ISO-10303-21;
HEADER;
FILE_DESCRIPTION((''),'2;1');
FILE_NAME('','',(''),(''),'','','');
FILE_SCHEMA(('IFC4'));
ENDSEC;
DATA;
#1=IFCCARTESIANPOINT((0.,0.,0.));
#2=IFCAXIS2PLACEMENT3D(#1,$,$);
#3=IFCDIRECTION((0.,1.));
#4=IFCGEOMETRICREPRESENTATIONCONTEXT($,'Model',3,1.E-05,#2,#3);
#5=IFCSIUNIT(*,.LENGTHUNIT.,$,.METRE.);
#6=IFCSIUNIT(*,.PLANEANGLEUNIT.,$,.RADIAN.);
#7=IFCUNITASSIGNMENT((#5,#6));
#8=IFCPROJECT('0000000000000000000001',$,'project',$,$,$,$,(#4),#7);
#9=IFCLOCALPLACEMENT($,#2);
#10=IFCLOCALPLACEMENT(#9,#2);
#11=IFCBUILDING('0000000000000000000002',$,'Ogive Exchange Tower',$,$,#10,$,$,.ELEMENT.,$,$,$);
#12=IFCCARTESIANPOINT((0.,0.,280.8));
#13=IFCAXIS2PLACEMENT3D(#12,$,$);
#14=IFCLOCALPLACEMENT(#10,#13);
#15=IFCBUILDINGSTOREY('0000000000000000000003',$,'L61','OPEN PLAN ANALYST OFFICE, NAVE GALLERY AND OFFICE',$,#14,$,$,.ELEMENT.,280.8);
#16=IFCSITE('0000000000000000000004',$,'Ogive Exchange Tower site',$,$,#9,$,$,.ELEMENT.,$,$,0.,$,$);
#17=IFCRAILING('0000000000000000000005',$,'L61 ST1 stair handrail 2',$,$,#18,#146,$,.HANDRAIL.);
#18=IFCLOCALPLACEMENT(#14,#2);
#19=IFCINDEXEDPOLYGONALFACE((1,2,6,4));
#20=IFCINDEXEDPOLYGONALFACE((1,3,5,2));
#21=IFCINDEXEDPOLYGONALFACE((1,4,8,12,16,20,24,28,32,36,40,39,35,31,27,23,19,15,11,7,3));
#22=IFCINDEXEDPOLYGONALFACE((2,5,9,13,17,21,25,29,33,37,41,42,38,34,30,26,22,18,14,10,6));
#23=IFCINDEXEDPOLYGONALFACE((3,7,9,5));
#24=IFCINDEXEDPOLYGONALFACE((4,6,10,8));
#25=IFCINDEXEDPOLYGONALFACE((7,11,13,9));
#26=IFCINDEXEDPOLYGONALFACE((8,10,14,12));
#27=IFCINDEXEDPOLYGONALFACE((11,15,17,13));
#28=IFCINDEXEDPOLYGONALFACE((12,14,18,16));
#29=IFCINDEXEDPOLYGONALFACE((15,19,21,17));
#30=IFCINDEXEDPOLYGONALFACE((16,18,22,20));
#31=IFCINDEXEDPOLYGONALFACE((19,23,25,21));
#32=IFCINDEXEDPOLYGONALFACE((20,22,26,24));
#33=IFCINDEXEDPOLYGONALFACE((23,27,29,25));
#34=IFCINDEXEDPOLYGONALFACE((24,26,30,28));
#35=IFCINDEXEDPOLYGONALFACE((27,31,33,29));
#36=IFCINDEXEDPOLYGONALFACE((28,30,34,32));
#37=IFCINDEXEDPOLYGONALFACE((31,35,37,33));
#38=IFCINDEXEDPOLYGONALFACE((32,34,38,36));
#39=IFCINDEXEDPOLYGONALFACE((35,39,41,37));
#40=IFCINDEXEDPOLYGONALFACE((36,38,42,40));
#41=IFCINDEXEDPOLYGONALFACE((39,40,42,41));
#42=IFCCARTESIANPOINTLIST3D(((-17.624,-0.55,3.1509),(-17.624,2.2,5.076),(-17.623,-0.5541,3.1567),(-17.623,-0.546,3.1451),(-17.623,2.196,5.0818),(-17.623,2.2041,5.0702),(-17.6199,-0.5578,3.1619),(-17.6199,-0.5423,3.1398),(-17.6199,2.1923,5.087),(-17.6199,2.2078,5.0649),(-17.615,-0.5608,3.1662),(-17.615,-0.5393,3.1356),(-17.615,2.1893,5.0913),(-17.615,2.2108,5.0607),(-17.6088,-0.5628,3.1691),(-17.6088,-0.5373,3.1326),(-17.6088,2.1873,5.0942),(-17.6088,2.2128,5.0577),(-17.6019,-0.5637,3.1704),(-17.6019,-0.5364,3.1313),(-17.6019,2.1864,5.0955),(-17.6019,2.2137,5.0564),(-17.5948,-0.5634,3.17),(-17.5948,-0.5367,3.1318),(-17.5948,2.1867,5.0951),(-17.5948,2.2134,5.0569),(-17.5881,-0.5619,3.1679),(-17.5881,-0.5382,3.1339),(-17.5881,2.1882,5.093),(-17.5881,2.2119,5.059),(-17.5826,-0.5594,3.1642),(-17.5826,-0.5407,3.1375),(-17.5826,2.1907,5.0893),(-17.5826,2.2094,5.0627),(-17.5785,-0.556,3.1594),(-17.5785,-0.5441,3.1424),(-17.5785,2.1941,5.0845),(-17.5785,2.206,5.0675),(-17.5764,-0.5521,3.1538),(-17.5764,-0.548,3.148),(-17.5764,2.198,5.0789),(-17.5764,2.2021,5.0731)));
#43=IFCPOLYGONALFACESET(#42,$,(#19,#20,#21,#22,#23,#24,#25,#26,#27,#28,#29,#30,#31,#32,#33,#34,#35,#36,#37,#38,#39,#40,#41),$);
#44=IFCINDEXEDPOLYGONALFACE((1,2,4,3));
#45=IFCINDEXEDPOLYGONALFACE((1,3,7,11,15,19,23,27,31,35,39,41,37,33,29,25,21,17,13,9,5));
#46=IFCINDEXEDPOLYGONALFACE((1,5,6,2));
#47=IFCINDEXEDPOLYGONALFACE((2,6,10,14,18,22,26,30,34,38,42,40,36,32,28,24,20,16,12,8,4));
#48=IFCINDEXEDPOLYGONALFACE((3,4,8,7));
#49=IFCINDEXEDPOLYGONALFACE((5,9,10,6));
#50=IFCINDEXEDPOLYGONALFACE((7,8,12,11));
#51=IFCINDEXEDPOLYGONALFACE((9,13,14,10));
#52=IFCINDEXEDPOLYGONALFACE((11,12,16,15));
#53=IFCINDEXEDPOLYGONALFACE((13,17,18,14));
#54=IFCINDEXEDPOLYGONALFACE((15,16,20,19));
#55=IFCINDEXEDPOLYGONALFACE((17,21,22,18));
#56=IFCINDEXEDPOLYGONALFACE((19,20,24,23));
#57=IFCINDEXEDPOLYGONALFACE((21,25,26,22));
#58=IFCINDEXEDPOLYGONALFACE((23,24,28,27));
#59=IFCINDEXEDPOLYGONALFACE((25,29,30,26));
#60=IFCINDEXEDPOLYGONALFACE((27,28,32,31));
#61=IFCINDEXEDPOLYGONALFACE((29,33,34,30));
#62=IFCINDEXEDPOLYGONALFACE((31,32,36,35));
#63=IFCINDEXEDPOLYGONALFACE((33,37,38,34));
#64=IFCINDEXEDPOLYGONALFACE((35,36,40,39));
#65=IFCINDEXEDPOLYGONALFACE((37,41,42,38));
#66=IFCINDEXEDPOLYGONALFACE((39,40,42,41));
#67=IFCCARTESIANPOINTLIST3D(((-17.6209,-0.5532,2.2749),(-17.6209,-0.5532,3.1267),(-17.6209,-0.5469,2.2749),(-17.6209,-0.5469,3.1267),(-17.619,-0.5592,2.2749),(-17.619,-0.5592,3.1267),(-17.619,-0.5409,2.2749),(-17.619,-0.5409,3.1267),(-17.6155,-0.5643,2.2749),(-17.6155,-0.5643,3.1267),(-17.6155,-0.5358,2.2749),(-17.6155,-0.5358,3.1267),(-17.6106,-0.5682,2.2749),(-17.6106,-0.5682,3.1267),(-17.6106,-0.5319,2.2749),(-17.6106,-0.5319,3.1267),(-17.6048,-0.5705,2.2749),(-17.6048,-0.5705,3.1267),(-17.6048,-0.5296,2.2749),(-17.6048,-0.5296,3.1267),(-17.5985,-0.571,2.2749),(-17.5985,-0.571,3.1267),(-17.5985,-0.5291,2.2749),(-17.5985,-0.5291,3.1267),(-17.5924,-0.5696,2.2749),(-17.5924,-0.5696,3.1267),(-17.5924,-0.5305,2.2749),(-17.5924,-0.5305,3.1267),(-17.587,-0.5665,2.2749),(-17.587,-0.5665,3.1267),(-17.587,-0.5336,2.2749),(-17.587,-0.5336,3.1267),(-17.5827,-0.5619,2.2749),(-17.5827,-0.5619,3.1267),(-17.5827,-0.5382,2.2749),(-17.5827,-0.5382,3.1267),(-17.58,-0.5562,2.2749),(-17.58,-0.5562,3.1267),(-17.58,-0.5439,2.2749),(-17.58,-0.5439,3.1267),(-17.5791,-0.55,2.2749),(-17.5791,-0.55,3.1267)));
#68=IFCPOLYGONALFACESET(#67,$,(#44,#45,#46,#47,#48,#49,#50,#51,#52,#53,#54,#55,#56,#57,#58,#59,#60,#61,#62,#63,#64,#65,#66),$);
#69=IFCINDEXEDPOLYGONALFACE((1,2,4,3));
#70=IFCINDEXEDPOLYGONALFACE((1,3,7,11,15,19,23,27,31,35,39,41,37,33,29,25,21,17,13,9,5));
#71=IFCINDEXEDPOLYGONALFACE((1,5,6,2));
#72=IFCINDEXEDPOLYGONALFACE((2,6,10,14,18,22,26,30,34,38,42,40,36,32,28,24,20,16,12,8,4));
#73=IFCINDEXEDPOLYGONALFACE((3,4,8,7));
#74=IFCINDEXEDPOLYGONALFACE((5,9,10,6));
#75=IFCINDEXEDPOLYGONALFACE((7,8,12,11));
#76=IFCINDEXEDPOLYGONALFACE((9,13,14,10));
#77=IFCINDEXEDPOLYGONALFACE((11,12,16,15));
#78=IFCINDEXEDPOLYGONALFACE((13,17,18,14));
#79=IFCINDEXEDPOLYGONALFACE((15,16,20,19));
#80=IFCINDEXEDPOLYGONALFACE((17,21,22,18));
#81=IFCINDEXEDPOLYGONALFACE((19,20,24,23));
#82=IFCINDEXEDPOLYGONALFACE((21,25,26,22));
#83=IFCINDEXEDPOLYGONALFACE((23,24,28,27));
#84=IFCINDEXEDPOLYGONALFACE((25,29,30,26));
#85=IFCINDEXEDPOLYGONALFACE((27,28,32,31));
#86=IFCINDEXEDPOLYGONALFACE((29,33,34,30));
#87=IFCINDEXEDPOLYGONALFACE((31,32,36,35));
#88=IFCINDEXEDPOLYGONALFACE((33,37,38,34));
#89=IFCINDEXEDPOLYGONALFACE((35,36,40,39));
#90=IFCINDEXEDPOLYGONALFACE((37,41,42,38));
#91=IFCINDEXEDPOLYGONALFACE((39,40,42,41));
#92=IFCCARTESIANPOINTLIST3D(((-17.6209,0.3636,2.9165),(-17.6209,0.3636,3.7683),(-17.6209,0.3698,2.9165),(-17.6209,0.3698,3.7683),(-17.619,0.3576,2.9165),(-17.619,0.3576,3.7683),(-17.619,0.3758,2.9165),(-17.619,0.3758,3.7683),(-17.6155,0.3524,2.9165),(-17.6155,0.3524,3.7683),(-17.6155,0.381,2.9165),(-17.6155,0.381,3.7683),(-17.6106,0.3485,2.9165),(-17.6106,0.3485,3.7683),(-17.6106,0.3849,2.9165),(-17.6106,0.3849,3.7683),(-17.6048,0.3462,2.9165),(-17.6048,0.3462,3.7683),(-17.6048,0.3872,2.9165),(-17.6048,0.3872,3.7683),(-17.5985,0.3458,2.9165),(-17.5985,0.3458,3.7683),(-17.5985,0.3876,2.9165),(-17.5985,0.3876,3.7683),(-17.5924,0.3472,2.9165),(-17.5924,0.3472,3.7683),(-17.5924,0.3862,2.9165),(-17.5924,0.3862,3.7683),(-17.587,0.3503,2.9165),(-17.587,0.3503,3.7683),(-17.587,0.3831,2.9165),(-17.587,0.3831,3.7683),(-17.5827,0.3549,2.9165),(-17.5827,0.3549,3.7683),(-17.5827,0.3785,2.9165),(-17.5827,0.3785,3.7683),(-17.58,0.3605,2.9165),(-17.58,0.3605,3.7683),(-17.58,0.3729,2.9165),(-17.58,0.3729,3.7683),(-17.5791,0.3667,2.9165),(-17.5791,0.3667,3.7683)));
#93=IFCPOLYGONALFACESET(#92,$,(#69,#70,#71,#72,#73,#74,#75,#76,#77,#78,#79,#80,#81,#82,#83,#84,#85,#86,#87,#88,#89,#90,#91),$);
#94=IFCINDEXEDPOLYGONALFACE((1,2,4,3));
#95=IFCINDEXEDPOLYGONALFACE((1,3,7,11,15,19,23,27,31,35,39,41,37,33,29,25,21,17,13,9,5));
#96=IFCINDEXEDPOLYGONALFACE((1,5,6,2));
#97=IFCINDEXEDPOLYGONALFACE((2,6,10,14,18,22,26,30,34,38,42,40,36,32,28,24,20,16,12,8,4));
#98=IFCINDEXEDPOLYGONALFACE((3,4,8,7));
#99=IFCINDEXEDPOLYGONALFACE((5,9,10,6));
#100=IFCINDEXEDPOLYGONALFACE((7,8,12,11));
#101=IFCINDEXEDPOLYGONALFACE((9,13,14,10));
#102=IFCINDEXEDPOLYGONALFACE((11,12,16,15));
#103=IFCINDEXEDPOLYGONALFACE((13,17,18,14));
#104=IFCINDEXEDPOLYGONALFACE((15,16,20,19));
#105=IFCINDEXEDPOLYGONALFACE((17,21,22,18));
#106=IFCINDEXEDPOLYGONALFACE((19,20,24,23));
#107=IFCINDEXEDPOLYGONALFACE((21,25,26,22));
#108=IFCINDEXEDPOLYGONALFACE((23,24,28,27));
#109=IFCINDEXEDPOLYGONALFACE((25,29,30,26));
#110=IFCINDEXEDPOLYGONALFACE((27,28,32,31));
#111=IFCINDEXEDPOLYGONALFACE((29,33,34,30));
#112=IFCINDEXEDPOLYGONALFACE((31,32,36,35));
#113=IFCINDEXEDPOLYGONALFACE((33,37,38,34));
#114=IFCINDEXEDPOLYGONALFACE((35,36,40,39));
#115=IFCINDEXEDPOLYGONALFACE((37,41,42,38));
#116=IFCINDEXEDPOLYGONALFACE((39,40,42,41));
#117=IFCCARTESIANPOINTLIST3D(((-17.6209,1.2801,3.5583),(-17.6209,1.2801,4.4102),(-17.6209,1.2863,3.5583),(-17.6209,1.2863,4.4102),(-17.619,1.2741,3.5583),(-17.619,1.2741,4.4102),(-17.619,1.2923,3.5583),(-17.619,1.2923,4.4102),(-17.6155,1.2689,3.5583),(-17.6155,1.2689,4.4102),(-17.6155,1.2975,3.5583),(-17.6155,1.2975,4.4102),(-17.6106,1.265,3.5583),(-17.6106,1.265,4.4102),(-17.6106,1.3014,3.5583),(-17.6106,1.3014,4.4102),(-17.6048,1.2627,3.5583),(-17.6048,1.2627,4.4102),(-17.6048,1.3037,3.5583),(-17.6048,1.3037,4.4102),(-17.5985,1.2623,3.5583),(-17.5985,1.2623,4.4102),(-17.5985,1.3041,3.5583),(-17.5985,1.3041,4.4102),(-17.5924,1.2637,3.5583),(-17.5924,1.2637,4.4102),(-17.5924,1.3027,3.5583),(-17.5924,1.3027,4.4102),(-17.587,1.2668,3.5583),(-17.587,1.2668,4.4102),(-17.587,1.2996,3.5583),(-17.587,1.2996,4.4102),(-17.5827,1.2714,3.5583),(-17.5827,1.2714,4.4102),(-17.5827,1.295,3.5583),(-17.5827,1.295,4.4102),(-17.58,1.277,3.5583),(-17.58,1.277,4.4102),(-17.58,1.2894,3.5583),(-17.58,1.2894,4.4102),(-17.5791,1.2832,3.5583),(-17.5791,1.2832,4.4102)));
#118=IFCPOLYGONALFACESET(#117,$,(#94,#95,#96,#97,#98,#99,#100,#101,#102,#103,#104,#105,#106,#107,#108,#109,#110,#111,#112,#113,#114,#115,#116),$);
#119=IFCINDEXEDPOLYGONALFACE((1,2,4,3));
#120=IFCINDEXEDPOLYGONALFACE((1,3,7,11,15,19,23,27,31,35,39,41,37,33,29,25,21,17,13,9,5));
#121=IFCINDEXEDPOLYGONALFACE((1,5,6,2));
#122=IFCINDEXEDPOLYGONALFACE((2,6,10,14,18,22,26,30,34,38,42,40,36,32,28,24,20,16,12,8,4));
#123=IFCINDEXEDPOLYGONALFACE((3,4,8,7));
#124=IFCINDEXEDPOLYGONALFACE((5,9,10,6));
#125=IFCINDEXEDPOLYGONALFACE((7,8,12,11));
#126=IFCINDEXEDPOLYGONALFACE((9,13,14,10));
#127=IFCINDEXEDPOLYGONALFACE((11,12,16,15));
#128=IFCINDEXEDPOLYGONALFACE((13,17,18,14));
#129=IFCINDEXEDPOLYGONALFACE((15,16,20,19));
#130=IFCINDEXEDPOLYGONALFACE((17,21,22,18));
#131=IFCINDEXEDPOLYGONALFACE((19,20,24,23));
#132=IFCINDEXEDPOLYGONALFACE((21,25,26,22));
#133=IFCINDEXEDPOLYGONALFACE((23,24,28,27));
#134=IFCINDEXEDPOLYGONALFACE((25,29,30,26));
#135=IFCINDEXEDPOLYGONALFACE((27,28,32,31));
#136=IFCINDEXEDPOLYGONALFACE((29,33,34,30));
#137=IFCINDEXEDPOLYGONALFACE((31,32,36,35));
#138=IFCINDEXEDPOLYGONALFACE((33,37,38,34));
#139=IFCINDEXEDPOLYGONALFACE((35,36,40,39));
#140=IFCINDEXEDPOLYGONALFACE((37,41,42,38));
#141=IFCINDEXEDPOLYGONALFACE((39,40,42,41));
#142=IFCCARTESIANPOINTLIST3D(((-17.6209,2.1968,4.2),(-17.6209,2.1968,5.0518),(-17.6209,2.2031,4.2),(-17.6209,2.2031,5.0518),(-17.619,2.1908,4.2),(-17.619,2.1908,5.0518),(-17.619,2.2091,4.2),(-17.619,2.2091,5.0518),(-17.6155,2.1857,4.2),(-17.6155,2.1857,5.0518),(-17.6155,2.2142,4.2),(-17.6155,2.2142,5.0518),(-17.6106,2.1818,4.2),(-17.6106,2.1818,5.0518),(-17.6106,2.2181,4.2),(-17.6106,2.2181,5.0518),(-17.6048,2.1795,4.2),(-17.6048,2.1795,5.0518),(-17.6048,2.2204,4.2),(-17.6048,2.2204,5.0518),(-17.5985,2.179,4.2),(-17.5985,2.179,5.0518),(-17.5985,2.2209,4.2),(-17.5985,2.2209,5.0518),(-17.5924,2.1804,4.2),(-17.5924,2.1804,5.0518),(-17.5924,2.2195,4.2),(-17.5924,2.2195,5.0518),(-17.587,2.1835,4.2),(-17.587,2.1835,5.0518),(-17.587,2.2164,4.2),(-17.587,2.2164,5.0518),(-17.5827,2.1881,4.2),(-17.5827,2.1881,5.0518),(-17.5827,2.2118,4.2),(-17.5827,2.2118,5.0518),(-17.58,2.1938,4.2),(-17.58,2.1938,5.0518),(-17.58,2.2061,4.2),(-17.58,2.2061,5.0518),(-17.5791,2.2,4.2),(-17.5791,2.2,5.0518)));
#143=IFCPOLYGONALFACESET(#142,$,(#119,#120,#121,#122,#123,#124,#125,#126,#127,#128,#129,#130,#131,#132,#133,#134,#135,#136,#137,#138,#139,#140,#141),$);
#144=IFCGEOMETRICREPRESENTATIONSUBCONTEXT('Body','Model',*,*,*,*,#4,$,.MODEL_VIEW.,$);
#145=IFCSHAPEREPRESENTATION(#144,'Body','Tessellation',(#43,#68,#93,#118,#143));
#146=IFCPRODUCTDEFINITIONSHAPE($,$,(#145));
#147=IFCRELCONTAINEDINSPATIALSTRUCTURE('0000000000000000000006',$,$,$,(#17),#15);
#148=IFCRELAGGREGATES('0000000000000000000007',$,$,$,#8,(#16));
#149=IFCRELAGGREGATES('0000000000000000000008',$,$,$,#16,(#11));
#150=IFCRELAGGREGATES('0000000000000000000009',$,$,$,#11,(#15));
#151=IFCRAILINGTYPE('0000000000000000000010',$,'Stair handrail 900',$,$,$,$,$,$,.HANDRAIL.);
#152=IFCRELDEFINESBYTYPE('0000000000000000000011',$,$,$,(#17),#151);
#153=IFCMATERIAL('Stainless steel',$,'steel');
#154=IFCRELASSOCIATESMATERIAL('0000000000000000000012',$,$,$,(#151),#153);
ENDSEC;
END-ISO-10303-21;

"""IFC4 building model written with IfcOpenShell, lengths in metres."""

from ifc_helpers import new_model, si_unit, direction, frame, origin, origin_2d, place, context, subcontext, project, spatial, circle, extrude, material, type_object, element, save


model = new_model("IFC4")

# Units and contexts
model_context = context("Model", 3, precision=1e-05, world=origin(), true_north=direction((0.0, 1.0)))
body_context = subcontext(model_context, "Body", "Model", "MODEL_VIEW")
ifc_project = project(units=[si_unit("LENGTHUNIT", "METRE"), si_unit("PLANEANGLEUNIT", "RADIAN")], contexts=[model_context])

# Site, building, storey
site_placement = place(None, origin())
site = spatial("IfcSite", under=ifc_project, at=site_placement, Name="Ogive Exchange Tower site", CompositionType="ELEMENT", RefElevation=0.0)
building_placement = place(site_placement, origin())
building = spatial("IfcBuilding", under=site, at=building_placement, Name="Ogive Exchange Tower", CompositionType="ELEMENT")
storey_placement = place(building_placement, frame((0.0, 0.0, 280.8)))
storey = spatial("IfcBuildingStorey", under=building, at=storey_placement, Name="L61", Description="OPEN PLAN ANALYST OFFICE, NAVE GALLERY AND OFFICE", CompositionType="ELEMENT", Elevation=280.8)

# Shared definitions
ifc_material_1 = material(Name="Stainless steel", Category="steel")

# Railing
railing_type = type_object("IfcRailingType", Name="Stair handrail 900", PredefinedType="HANDRAIL", material=ifc_material_1)
railing_placement = place(storey_placement, frame((-17.6001, -0.55, 2.2749)))
element("IfcRailing", 1, at=railing_placement, inside=storey, type_object=railing_type, Name="L61 ST1 stair handrail 2", PredefinedType="HANDRAIL", context=body_context, shape_type="SweptSolid", body=[
    extrude(circle(Radius=0.0239, at=origin_2d()), frame((0.0, 0.0, 0.876), z_axis=(0.0, 0.819225, 0.573472), x_axis=(-1.0, 0.0, 0.0)), (0.0, 0.0, 1.0), 3.3569),
    extrude(circle(Radius=0.021, at=origin_2d()), origin(), (0.0, 0.0, 1.0), 0.8518),
    extrude(circle(Radius=0.021, at=origin_2d()), frame((0.0, 0.9167, 0.6416)), (0.0, 0.0, 1.0), 0.8518),
    extrude(circle(Radius=0.021, at=origin_2d()), frame((0.0, 1.8333, 1.2834)), (0.0, 0.0, 1.0), 0.8518),
    extrude(circle(Radius=0.021, at=origin_2d()), frame((0.0, 2.75, 1.925)), (0.0, 0.0, 1.0), 0.8518),
])

save(model, "model.ifc")
